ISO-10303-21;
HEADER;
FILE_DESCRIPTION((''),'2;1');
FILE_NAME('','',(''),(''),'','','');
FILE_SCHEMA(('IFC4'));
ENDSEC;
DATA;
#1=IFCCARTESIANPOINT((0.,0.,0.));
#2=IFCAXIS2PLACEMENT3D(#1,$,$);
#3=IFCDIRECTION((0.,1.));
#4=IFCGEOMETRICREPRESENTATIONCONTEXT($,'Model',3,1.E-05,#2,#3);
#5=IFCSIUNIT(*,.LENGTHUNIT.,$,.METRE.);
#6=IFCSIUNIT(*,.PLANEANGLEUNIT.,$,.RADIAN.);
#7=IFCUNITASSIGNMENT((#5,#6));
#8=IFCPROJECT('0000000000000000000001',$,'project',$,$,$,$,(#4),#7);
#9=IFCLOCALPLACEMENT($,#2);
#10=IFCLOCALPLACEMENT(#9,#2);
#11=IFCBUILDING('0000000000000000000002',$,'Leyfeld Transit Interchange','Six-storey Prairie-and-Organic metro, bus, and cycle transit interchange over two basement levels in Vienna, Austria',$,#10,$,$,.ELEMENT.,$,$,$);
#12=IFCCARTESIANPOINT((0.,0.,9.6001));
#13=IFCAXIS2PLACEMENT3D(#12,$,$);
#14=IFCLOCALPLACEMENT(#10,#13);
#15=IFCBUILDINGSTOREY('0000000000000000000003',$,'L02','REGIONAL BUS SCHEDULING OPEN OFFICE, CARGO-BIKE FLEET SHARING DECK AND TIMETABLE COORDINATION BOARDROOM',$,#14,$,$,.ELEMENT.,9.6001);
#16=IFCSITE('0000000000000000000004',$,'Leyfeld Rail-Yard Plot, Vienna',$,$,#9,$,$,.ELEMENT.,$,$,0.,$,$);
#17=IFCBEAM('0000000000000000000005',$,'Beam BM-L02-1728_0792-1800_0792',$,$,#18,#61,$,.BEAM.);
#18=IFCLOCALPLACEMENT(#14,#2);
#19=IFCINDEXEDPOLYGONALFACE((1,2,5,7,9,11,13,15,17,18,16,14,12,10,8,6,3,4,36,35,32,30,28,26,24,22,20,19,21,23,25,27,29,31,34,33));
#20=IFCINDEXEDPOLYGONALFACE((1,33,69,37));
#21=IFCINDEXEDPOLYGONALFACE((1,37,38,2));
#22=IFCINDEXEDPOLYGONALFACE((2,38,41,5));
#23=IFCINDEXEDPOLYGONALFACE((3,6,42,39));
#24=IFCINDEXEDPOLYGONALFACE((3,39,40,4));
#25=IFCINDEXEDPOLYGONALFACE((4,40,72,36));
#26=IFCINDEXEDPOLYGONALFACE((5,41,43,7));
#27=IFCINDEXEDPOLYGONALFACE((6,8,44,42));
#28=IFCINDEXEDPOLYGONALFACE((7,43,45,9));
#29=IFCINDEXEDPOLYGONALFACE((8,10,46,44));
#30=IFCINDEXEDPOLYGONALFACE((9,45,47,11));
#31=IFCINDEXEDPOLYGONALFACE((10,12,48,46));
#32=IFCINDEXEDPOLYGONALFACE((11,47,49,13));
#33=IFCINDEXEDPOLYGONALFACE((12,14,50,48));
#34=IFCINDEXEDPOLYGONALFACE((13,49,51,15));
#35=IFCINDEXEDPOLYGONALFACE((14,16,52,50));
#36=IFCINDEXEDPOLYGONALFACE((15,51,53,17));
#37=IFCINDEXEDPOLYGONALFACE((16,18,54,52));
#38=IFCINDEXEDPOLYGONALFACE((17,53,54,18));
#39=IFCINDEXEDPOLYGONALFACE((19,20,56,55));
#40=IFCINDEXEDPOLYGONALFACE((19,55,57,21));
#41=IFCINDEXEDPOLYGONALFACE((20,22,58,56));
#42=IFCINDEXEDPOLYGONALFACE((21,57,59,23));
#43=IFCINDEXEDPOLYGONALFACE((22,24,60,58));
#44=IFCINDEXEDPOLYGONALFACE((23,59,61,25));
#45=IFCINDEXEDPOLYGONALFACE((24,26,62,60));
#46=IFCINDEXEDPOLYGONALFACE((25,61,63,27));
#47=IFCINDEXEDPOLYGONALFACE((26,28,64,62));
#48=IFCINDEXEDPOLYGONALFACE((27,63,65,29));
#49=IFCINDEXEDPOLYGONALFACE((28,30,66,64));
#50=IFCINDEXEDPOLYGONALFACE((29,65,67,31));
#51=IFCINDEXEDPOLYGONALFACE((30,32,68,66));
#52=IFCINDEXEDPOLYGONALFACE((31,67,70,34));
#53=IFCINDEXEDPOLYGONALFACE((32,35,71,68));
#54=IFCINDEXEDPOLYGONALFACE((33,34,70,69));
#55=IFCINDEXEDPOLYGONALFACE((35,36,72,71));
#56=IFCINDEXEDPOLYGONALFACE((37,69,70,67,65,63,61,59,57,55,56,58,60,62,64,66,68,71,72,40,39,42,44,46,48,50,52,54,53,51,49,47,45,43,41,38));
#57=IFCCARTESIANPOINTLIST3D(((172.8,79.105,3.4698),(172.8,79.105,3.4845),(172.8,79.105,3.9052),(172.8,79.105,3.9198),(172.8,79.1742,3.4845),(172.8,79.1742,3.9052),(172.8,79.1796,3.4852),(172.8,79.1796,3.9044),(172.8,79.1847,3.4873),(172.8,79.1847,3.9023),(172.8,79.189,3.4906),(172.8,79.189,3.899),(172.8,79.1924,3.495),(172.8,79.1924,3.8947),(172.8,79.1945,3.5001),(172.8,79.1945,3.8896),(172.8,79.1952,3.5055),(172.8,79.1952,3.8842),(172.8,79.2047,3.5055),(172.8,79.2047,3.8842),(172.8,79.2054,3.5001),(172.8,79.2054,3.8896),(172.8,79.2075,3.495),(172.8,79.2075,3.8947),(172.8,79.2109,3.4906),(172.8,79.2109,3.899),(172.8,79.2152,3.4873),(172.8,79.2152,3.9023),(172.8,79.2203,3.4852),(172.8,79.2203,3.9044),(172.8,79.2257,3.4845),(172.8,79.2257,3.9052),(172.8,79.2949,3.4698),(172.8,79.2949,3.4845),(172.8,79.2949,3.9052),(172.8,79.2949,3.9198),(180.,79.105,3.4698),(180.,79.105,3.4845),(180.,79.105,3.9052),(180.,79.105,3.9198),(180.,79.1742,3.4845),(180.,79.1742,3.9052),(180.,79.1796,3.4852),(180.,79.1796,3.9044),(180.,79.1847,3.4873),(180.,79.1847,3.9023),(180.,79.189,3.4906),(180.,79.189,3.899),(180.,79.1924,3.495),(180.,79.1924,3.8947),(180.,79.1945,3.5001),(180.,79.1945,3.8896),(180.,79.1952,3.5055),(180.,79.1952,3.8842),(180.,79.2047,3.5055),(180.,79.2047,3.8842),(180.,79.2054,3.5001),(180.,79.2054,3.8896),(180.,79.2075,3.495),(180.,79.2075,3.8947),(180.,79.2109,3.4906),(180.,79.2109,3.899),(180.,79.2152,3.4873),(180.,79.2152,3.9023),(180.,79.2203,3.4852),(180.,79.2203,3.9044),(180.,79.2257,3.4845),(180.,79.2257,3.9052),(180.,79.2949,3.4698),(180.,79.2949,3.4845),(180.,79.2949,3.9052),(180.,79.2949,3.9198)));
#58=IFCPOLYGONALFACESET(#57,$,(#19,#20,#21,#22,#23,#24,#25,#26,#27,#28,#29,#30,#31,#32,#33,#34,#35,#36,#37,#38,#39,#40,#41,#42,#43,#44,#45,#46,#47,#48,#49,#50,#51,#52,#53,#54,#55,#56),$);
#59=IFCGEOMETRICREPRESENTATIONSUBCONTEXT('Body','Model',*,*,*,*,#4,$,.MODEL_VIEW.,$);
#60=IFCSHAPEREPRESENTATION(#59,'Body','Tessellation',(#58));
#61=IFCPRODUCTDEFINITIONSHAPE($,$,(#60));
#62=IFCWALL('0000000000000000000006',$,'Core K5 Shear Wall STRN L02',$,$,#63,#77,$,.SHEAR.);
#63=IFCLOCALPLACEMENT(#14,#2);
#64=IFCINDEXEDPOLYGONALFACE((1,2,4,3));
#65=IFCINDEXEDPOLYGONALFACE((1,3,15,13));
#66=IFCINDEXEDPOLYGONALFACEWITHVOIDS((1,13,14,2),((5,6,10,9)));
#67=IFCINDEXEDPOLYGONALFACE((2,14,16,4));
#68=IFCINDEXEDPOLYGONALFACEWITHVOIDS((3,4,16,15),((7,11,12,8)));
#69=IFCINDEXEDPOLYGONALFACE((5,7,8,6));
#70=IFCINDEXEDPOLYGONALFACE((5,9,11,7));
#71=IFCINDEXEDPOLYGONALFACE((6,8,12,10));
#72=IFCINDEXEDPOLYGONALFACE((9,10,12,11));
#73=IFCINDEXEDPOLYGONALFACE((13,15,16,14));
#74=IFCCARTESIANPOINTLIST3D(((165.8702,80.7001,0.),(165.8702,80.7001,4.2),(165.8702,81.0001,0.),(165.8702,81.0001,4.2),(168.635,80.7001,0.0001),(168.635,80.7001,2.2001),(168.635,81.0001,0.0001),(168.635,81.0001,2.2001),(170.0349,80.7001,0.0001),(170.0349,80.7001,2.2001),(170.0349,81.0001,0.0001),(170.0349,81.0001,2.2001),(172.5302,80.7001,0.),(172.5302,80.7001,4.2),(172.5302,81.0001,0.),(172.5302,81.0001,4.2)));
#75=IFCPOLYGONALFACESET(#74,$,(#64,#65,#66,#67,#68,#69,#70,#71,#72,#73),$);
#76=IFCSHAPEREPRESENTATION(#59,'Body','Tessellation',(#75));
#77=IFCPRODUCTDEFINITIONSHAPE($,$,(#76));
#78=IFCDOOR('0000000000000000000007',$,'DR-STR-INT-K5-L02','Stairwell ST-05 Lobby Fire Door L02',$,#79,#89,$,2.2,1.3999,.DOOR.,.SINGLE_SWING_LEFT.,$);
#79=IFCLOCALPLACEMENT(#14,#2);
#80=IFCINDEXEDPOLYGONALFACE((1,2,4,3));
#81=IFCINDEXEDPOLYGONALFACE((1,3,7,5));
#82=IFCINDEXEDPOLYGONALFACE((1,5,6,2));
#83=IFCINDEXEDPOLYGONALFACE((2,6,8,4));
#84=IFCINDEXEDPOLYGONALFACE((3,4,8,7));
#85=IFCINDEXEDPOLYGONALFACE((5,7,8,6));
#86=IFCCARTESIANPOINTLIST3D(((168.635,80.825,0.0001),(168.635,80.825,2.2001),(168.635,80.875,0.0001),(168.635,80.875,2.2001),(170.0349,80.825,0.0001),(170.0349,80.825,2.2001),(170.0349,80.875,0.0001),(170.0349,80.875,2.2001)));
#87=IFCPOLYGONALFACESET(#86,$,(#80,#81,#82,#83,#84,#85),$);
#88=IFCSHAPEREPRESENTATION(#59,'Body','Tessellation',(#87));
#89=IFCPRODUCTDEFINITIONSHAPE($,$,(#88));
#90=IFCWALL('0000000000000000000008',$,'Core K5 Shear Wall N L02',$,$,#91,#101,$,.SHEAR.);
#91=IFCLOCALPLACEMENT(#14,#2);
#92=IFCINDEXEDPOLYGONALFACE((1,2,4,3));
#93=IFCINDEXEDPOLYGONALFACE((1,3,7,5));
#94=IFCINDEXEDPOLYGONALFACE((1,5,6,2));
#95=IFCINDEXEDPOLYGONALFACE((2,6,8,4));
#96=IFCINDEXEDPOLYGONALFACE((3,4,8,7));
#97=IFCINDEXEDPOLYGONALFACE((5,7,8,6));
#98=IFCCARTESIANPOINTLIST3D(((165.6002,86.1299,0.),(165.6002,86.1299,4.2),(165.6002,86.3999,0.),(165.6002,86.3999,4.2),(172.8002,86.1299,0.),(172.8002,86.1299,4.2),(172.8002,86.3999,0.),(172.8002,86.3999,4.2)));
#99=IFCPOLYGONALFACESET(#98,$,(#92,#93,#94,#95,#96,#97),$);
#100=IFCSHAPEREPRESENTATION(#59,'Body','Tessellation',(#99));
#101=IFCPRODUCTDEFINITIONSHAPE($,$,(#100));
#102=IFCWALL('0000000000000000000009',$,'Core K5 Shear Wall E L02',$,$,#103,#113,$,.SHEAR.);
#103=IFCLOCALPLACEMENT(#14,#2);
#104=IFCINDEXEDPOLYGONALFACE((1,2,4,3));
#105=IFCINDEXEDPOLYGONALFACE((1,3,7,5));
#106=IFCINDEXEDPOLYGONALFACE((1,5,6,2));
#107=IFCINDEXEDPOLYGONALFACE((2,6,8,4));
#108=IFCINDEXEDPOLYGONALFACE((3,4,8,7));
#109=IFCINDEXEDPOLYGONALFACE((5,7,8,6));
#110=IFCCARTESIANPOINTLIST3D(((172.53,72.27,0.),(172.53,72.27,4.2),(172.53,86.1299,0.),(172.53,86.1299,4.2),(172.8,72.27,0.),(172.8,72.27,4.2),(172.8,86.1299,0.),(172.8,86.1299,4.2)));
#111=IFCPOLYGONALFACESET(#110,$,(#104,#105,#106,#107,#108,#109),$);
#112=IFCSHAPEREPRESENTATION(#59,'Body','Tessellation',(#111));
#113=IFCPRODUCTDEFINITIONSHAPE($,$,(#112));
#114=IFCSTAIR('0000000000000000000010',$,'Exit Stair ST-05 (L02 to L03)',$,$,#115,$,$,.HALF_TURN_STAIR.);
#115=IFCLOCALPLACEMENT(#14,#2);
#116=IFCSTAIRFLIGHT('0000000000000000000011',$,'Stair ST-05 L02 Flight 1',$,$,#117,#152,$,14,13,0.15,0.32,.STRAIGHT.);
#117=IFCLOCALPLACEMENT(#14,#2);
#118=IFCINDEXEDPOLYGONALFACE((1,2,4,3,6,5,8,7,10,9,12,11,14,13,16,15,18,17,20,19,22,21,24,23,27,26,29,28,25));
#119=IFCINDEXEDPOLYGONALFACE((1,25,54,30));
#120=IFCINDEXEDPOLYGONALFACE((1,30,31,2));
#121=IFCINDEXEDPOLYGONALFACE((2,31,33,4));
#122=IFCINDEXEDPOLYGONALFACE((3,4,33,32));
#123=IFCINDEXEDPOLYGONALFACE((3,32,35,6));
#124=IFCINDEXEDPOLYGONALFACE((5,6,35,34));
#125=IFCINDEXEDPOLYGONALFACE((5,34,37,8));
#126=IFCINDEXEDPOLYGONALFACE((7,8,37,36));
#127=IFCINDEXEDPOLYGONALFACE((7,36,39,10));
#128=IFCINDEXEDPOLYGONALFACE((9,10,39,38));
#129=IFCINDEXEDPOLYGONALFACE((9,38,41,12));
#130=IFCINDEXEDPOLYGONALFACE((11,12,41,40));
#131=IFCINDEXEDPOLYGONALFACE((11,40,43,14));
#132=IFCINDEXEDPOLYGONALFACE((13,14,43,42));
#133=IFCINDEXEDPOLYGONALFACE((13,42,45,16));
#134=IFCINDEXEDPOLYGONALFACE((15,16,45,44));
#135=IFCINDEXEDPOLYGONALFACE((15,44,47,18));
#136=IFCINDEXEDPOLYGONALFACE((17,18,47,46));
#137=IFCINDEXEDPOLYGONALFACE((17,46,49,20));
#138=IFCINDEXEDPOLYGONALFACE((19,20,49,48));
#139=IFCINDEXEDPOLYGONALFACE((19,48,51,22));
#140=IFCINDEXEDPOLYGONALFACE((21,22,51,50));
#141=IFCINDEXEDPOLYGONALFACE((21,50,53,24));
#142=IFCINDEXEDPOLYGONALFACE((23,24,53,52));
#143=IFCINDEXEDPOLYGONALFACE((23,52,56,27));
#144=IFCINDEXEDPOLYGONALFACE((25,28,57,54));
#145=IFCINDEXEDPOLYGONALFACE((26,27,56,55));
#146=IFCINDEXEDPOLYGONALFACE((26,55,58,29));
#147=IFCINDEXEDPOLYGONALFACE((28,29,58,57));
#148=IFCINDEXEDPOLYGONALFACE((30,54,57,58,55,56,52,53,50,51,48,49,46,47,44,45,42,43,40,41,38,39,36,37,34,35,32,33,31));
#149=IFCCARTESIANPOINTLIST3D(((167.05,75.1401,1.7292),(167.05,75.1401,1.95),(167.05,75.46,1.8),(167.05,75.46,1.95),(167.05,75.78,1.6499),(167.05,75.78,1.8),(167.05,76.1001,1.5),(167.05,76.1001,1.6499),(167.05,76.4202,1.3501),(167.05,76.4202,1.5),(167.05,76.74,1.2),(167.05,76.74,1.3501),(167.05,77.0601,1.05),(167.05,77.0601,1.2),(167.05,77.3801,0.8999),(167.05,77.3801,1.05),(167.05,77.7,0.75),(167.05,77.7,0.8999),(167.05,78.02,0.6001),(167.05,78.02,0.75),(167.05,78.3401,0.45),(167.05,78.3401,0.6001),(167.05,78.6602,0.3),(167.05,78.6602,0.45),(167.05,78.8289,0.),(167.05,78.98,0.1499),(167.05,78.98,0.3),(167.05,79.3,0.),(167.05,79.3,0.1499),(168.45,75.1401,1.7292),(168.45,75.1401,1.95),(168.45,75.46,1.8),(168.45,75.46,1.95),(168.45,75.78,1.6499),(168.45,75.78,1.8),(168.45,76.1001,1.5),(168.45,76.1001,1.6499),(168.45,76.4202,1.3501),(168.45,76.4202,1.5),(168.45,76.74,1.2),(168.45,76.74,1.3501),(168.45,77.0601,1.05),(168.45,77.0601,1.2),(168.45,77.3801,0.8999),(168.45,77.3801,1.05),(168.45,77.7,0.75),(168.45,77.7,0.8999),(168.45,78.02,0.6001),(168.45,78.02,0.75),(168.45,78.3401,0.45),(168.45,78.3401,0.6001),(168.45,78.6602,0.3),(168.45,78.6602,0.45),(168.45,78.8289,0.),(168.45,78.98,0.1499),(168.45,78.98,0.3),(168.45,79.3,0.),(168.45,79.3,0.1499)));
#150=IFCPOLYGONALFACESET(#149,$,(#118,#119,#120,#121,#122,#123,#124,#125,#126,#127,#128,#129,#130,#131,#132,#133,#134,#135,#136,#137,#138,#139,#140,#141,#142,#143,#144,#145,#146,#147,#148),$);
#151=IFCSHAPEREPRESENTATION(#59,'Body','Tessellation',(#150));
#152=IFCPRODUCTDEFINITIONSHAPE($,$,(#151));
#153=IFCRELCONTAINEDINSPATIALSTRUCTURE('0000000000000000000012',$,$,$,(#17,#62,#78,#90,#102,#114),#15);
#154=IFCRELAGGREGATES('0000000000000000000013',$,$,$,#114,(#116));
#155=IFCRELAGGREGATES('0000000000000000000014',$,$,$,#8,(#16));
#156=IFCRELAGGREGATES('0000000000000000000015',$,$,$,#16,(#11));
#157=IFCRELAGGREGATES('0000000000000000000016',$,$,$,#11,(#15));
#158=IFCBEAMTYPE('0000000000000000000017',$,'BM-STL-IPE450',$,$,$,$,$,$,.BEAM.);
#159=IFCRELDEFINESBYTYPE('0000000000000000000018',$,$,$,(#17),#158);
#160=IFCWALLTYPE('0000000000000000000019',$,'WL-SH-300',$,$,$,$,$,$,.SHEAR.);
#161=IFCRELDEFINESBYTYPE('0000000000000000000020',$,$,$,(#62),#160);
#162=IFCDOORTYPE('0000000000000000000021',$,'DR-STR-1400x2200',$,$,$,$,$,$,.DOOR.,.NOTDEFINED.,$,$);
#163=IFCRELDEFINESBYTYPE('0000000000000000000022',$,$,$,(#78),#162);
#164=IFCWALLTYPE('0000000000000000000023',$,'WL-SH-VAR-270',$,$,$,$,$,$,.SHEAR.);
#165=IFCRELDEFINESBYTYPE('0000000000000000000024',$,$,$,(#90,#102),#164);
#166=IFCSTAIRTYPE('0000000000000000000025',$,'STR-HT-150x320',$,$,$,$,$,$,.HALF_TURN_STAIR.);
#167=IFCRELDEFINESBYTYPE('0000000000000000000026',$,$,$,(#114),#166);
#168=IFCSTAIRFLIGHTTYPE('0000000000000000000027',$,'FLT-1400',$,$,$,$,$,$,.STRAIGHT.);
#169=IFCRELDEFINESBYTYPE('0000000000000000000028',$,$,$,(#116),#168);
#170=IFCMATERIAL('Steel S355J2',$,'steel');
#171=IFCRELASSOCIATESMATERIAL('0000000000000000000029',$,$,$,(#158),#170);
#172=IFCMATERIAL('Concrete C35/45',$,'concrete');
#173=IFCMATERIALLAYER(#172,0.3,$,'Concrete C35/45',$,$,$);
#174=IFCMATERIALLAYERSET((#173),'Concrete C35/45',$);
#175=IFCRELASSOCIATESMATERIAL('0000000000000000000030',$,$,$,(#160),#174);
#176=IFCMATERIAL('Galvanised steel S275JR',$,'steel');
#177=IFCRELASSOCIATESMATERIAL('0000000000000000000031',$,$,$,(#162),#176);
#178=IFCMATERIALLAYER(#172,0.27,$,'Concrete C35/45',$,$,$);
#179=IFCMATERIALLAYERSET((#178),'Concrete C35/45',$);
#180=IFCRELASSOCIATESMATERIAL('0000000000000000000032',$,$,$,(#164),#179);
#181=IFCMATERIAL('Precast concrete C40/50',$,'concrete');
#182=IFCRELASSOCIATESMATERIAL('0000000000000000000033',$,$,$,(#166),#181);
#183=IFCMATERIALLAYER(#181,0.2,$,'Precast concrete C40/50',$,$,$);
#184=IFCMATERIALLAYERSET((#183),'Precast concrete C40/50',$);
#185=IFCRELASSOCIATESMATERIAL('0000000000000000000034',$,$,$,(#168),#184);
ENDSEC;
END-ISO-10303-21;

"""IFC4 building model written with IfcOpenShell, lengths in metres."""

from ifc_helpers import new_model, si_unit, direction, frame, frame_2d, origin, origin_2d, place, context, subcontext, project, spatial, polyline, rectangle, i_section, outline, extrude, material, layer, layer_set, material_profile, profile_set, type_object, element, fill, aggregate, save


model = new_model("IFC4")

# Units and contexts
model_context = context("Model", 3, precision=1e-05, world=origin(), true_north=direction((0.0, 1.0)))
body_context = subcontext(model_context, "Body", "Model", "MODEL_VIEW")
ifc_project = project(units=[si_unit("LENGTHUNIT", "METRE"), si_unit("PLANEANGLEUNIT", "RADIAN")], contexts=[model_context])

# Site, building, storey
site_placement = place(None, origin())
site = spatial("IfcSite", under=ifc_project, at=site_placement, Name="Leyfeld Rail-Yard Plot, Vienna", CompositionType="ELEMENT", RefElevation=0.0)
building_placement = place(site_placement, origin())
building = spatial("IfcBuilding", under=site, at=building_placement, Name="Leyfeld Transit Interchange", Description="Six-storey Prairie-and-Organic metro, bus, and cycle transit interchange over two basement levels in Vienna, Austria", CompositionType="ELEMENT")
storey_placement = place(building_placement, frame((0.0, 0.0, 9.6001)))
storey = spatial("IfcBuildingStorey", under=building, at=storey_placement, Name="L02", Description="REGIONAL BUS SCHEDULING OPEN OFFICE, CARGO-BIKE FLEET SHARING DECK AND TIMETABLE COORDINATION BOARDROOM", CompositionType="ELEMENT", Elevation=9.6001)

# Shared definitions
ifc_material_1 = material(Name="Concrete C35/45", Category="concrete")

# Beam
ifc_material_2 = material(Name="Steel S355J2", Category="steel")
ifc_material_profile_1 = material_profile(ifc_material_2, i_section(OverallWidth=0.1899, OverallDepth=0.45, WebThickness=0.0095, FlangeThickness=0.0146, FilletRadius=0.021, at=origin_2d()), Name="IPE 450")
ifc_profile_set_1 = profile_set([ifc_material_profile_1], Name="Steel S355J2")
beam_type_1 = type_object("IfcBeamType", Name="BM-STL-IPE450", PredefinedType="BEAM", material=ifc_profile_set_1)
beam_1_placement = place(storey_placement, frame((172.8, 79.2, 3.6948), z_axis=(1.0, 0.0, 0.0), x_axis=(0.0, 1.0, 0.0)))
element("IfcBeam", 1, at=beam_1_placement, inside=storey, type_object=beam_type_1, Name="Beam BM-L02-1728_0792-1800_0792", PredefinedType="BEAM", context=body_context, shape_type="SweptSolid", body=[
    extrude(i_section(OverallWidth=0.1899, OverallDepth=0.45, WebThickness=0.0095, FlangeThickness=0.0146, FilletRadius=0.021, at=origin_2d()), origin(), (0.0, 0.0, 1.0), 7.2),
])

# Wall, opening, door
ifc_layer_1 = layer(ifc_material_1, 0.3, Name="Concrete C35/45")
ifc_layer_set_1 = layer_set([ifc_layer_1], Name="Concrete C35/45")
wall_type_1 = type_object("IfcWallType", Name="WL-SH-300", PredefinedType="SHEAR", material=ifc_layer_set_1)
wall_1_placement = place(storey_placement, frame((165.8701, 80.8501, 0.0), z_axis=(0.0, 0.0, 1.0), x_axis=(1.0, 0.0, 0.0)))
wall_1 = element("IfcWall", 2, at=wall_1_placement, inside=storey, type_object=wall_type_1, Name="Core K5 Shear Wall STRN L02", PredefinedType="SHEAR", context=body_context, shape_type="SweptSolid", body=[
    extrude(rectangle(XDim=6.6599, YDim=0.3, at=frame_2d((3.3301, 0.0))), origin(), (0.0, 0.0, 1.0), 4.2),
])
opening_placement = place(wall_1_placement, frame((2.7649, 0.0, 0.0)))
opening = element("IfcOpeningElement", 3, at=opening_placement, cuts=wall_1, PredefinedType="OPENING", context=body_context, shape_type="SweptSolid", body=[
    extrude(rectangle(XDim=1.3999, YDim=2.2, at=frame_2d((0.7, 1.1001))), frame((0.0, 0.1599, 0.0), z_axis=(0.0, -1.0, 0.0), x_axis=(1.0, 0.0, 0.0)), (0.0, 0.0, 1.0), 0.3201),
])
ifc_material_3 = material(Name="Galvanised steel S275JR", Category="steel")
door_type = type_object("IfcDoorType", Name="DR-STR-1400x2200", OperationType="NOTDEFINED", PredefinedType="DOOR", material=ifc_material_3)
door_placement = place(opening_placement, origin())
door = element("IfcDoor", 4, at=door_placement, inside=storey, type_object=door_type, Name="DR-STR-INT-K5-L02", Description="Stairwell ST-05 Lobby Fire Door L02", OperationType="SINGLE_SWING_LEFT", OverallHeight=2.2, OverallWidth=1.3999, PredefinedType="DOOR", context=body_context, shape_type="SweptSolid", body=[
    extrude(rectangle(XDim=1.3999, YDim=2.2, at=frame_2d((0.7, 1.1001))), frame((0.0, 0.0249, 0.0), z_axis=(0.0, -1.0, 0.0), x_axis=(1.0, 0.0, 0.0)), (0.0, 0.0, 1.0), 0.05),
])
fill(opening, door)

# Walls
ifc_layer_2 = layer(ifc_material_1, 0.27, Name="Concrete C35/45")
ifc_layer_set_2 = layer_set([ifc_layer_2], Name="Concrete C35/45")
wall_type_2 = type_object("IfcWallType", Name="WL-SH-VAR-270", PredefinedType="SHEAR", material=ifc_layer_set_2)
wall_2_placement = place(storey_placement, frame((165.6001, 86.2649, 0.0), z_axis=(0.0, 0.0, 1.0), x_axis=(1.0, 0.0, 0.0)))
element("IfcWall", 5, at=wall_2_placement, inside=storey, type_object=wall_type_2, Name="Core K5 Shear Wall N L02", PredefinedType="SHEAR", context=body_context, shape_type="SweptSolid", body=[
    extrude(rectangle(XDim=7.2, YDim=0.27, at=frame_2d((3.6001, 0.0))), origin(), (0.0, 0.0, 1.0), 4.2),
])
wall_3_placement = place(storey_placement, frame((172.665, 86.1299, 0.0), z_axis=(0.0, 0.0, 1.0), x_axis=(0.0, -1.0, 0.0)))
element("IfcWall", 6, at=wall_3_placement, inside=storey, type_object=wall_type_2, Name="Core K5 Shear Wall E L02", PredefinedType="SHEAR", context=body_context, shape_type="SweptSolid", body=[
    extrude(rectangle(XDim=13.8599, YDim=0.27, at=frame_2d((6.9299, 0.0))), origin(), (0.0, 0.0, 1.0), 4.2),
])

# Stair, stair flight
ifc_material_4 = material(Name="Precast concrete C40/50", Category="concrete")
stair_type = type_object("IfcStairType", Name="STR-HT-150x320", PredefinedType="HALF_TURN_STAIR", material=ifc_material_4)
stair_placement = place(storey_placement, origin())
stair = element("IfcStair", 7, at=stair_placement, inside=storey, type_object=stair_type, Name="Exit Stair ST-05 (L02 to L03)", PredefinedType="HALF_TURN_STAIR")
ifc_layer_3 = layer(ifc_material_4, 0.2, Name="Precast concrete C40/50")
ifc_layer_set_3 = layer_set([ifc_layer_3], Name="Precast concrete C40/50")
stair_flight_type = type_object("IfcStairFlightType", Name="FLT-1400", PredefinedType="STRAIGHT", material=ifc_layer_set_3)
stair_flight_placement = place(storey_placement, frame((167.75, 79.3, 0.0), z_axis=(0.0, 0.0, 1.0), x_axis=(0.0, -1.0, 0.0)))
stair_flight = element("IfcStairFlight", 8, at=stair_flight_placement, type_object=stair_flight_type, Name="Stair ST-05 L02 Flight 1", NumberOfRisers=14, NumberOfTreads=13, PredefinedType="STRAIGHT", RiserHeight=0.15, TreadLength=0.32, context=body_context, shape_type="SweptSolid", body=[
    extrude(outline(polyline([(0.0, 0.0), (0.0, 0.1499), (0.3201, 0.1499), (0.3201, 0.3), (0.6399, 0.3), (0.6399, 0.45), (0.96, 0.45), (0.96, 0.6001), (1.28, 0.6001), (1.28, 0.75), (1.6001, 0.75), (1.6001, 0.8999), (1.9199, 0.8999), (1.9199, 1.05), (2.24, 1.05), (2.24, 1.2), (2.5601, 1.2), (2.5601, 1.3501), (2.8799, 1.3501), (2.8799, 1.5), (3.2, 1.5), (3.2, 1.6499), (3.52, 1.6499), (3.52, 1.8), (3.8401, 1.8), (3.8401, 1.95), (4.1599, 1.95), (4.1599, 2.1001), (4.1599, 1.7292), (0.4712, 0.0), (0.0, 0.0)])), frame((0.0, 0.7, 0.0), z_axis=(0.0, -1.0, 0.0), x_axis=(1.0, 0.0, 0.0)), (0.0, 0.0, 1.0), 1.3999),
])
aggregate(stair, [stair_flight])

save(model, "model.ifc")
